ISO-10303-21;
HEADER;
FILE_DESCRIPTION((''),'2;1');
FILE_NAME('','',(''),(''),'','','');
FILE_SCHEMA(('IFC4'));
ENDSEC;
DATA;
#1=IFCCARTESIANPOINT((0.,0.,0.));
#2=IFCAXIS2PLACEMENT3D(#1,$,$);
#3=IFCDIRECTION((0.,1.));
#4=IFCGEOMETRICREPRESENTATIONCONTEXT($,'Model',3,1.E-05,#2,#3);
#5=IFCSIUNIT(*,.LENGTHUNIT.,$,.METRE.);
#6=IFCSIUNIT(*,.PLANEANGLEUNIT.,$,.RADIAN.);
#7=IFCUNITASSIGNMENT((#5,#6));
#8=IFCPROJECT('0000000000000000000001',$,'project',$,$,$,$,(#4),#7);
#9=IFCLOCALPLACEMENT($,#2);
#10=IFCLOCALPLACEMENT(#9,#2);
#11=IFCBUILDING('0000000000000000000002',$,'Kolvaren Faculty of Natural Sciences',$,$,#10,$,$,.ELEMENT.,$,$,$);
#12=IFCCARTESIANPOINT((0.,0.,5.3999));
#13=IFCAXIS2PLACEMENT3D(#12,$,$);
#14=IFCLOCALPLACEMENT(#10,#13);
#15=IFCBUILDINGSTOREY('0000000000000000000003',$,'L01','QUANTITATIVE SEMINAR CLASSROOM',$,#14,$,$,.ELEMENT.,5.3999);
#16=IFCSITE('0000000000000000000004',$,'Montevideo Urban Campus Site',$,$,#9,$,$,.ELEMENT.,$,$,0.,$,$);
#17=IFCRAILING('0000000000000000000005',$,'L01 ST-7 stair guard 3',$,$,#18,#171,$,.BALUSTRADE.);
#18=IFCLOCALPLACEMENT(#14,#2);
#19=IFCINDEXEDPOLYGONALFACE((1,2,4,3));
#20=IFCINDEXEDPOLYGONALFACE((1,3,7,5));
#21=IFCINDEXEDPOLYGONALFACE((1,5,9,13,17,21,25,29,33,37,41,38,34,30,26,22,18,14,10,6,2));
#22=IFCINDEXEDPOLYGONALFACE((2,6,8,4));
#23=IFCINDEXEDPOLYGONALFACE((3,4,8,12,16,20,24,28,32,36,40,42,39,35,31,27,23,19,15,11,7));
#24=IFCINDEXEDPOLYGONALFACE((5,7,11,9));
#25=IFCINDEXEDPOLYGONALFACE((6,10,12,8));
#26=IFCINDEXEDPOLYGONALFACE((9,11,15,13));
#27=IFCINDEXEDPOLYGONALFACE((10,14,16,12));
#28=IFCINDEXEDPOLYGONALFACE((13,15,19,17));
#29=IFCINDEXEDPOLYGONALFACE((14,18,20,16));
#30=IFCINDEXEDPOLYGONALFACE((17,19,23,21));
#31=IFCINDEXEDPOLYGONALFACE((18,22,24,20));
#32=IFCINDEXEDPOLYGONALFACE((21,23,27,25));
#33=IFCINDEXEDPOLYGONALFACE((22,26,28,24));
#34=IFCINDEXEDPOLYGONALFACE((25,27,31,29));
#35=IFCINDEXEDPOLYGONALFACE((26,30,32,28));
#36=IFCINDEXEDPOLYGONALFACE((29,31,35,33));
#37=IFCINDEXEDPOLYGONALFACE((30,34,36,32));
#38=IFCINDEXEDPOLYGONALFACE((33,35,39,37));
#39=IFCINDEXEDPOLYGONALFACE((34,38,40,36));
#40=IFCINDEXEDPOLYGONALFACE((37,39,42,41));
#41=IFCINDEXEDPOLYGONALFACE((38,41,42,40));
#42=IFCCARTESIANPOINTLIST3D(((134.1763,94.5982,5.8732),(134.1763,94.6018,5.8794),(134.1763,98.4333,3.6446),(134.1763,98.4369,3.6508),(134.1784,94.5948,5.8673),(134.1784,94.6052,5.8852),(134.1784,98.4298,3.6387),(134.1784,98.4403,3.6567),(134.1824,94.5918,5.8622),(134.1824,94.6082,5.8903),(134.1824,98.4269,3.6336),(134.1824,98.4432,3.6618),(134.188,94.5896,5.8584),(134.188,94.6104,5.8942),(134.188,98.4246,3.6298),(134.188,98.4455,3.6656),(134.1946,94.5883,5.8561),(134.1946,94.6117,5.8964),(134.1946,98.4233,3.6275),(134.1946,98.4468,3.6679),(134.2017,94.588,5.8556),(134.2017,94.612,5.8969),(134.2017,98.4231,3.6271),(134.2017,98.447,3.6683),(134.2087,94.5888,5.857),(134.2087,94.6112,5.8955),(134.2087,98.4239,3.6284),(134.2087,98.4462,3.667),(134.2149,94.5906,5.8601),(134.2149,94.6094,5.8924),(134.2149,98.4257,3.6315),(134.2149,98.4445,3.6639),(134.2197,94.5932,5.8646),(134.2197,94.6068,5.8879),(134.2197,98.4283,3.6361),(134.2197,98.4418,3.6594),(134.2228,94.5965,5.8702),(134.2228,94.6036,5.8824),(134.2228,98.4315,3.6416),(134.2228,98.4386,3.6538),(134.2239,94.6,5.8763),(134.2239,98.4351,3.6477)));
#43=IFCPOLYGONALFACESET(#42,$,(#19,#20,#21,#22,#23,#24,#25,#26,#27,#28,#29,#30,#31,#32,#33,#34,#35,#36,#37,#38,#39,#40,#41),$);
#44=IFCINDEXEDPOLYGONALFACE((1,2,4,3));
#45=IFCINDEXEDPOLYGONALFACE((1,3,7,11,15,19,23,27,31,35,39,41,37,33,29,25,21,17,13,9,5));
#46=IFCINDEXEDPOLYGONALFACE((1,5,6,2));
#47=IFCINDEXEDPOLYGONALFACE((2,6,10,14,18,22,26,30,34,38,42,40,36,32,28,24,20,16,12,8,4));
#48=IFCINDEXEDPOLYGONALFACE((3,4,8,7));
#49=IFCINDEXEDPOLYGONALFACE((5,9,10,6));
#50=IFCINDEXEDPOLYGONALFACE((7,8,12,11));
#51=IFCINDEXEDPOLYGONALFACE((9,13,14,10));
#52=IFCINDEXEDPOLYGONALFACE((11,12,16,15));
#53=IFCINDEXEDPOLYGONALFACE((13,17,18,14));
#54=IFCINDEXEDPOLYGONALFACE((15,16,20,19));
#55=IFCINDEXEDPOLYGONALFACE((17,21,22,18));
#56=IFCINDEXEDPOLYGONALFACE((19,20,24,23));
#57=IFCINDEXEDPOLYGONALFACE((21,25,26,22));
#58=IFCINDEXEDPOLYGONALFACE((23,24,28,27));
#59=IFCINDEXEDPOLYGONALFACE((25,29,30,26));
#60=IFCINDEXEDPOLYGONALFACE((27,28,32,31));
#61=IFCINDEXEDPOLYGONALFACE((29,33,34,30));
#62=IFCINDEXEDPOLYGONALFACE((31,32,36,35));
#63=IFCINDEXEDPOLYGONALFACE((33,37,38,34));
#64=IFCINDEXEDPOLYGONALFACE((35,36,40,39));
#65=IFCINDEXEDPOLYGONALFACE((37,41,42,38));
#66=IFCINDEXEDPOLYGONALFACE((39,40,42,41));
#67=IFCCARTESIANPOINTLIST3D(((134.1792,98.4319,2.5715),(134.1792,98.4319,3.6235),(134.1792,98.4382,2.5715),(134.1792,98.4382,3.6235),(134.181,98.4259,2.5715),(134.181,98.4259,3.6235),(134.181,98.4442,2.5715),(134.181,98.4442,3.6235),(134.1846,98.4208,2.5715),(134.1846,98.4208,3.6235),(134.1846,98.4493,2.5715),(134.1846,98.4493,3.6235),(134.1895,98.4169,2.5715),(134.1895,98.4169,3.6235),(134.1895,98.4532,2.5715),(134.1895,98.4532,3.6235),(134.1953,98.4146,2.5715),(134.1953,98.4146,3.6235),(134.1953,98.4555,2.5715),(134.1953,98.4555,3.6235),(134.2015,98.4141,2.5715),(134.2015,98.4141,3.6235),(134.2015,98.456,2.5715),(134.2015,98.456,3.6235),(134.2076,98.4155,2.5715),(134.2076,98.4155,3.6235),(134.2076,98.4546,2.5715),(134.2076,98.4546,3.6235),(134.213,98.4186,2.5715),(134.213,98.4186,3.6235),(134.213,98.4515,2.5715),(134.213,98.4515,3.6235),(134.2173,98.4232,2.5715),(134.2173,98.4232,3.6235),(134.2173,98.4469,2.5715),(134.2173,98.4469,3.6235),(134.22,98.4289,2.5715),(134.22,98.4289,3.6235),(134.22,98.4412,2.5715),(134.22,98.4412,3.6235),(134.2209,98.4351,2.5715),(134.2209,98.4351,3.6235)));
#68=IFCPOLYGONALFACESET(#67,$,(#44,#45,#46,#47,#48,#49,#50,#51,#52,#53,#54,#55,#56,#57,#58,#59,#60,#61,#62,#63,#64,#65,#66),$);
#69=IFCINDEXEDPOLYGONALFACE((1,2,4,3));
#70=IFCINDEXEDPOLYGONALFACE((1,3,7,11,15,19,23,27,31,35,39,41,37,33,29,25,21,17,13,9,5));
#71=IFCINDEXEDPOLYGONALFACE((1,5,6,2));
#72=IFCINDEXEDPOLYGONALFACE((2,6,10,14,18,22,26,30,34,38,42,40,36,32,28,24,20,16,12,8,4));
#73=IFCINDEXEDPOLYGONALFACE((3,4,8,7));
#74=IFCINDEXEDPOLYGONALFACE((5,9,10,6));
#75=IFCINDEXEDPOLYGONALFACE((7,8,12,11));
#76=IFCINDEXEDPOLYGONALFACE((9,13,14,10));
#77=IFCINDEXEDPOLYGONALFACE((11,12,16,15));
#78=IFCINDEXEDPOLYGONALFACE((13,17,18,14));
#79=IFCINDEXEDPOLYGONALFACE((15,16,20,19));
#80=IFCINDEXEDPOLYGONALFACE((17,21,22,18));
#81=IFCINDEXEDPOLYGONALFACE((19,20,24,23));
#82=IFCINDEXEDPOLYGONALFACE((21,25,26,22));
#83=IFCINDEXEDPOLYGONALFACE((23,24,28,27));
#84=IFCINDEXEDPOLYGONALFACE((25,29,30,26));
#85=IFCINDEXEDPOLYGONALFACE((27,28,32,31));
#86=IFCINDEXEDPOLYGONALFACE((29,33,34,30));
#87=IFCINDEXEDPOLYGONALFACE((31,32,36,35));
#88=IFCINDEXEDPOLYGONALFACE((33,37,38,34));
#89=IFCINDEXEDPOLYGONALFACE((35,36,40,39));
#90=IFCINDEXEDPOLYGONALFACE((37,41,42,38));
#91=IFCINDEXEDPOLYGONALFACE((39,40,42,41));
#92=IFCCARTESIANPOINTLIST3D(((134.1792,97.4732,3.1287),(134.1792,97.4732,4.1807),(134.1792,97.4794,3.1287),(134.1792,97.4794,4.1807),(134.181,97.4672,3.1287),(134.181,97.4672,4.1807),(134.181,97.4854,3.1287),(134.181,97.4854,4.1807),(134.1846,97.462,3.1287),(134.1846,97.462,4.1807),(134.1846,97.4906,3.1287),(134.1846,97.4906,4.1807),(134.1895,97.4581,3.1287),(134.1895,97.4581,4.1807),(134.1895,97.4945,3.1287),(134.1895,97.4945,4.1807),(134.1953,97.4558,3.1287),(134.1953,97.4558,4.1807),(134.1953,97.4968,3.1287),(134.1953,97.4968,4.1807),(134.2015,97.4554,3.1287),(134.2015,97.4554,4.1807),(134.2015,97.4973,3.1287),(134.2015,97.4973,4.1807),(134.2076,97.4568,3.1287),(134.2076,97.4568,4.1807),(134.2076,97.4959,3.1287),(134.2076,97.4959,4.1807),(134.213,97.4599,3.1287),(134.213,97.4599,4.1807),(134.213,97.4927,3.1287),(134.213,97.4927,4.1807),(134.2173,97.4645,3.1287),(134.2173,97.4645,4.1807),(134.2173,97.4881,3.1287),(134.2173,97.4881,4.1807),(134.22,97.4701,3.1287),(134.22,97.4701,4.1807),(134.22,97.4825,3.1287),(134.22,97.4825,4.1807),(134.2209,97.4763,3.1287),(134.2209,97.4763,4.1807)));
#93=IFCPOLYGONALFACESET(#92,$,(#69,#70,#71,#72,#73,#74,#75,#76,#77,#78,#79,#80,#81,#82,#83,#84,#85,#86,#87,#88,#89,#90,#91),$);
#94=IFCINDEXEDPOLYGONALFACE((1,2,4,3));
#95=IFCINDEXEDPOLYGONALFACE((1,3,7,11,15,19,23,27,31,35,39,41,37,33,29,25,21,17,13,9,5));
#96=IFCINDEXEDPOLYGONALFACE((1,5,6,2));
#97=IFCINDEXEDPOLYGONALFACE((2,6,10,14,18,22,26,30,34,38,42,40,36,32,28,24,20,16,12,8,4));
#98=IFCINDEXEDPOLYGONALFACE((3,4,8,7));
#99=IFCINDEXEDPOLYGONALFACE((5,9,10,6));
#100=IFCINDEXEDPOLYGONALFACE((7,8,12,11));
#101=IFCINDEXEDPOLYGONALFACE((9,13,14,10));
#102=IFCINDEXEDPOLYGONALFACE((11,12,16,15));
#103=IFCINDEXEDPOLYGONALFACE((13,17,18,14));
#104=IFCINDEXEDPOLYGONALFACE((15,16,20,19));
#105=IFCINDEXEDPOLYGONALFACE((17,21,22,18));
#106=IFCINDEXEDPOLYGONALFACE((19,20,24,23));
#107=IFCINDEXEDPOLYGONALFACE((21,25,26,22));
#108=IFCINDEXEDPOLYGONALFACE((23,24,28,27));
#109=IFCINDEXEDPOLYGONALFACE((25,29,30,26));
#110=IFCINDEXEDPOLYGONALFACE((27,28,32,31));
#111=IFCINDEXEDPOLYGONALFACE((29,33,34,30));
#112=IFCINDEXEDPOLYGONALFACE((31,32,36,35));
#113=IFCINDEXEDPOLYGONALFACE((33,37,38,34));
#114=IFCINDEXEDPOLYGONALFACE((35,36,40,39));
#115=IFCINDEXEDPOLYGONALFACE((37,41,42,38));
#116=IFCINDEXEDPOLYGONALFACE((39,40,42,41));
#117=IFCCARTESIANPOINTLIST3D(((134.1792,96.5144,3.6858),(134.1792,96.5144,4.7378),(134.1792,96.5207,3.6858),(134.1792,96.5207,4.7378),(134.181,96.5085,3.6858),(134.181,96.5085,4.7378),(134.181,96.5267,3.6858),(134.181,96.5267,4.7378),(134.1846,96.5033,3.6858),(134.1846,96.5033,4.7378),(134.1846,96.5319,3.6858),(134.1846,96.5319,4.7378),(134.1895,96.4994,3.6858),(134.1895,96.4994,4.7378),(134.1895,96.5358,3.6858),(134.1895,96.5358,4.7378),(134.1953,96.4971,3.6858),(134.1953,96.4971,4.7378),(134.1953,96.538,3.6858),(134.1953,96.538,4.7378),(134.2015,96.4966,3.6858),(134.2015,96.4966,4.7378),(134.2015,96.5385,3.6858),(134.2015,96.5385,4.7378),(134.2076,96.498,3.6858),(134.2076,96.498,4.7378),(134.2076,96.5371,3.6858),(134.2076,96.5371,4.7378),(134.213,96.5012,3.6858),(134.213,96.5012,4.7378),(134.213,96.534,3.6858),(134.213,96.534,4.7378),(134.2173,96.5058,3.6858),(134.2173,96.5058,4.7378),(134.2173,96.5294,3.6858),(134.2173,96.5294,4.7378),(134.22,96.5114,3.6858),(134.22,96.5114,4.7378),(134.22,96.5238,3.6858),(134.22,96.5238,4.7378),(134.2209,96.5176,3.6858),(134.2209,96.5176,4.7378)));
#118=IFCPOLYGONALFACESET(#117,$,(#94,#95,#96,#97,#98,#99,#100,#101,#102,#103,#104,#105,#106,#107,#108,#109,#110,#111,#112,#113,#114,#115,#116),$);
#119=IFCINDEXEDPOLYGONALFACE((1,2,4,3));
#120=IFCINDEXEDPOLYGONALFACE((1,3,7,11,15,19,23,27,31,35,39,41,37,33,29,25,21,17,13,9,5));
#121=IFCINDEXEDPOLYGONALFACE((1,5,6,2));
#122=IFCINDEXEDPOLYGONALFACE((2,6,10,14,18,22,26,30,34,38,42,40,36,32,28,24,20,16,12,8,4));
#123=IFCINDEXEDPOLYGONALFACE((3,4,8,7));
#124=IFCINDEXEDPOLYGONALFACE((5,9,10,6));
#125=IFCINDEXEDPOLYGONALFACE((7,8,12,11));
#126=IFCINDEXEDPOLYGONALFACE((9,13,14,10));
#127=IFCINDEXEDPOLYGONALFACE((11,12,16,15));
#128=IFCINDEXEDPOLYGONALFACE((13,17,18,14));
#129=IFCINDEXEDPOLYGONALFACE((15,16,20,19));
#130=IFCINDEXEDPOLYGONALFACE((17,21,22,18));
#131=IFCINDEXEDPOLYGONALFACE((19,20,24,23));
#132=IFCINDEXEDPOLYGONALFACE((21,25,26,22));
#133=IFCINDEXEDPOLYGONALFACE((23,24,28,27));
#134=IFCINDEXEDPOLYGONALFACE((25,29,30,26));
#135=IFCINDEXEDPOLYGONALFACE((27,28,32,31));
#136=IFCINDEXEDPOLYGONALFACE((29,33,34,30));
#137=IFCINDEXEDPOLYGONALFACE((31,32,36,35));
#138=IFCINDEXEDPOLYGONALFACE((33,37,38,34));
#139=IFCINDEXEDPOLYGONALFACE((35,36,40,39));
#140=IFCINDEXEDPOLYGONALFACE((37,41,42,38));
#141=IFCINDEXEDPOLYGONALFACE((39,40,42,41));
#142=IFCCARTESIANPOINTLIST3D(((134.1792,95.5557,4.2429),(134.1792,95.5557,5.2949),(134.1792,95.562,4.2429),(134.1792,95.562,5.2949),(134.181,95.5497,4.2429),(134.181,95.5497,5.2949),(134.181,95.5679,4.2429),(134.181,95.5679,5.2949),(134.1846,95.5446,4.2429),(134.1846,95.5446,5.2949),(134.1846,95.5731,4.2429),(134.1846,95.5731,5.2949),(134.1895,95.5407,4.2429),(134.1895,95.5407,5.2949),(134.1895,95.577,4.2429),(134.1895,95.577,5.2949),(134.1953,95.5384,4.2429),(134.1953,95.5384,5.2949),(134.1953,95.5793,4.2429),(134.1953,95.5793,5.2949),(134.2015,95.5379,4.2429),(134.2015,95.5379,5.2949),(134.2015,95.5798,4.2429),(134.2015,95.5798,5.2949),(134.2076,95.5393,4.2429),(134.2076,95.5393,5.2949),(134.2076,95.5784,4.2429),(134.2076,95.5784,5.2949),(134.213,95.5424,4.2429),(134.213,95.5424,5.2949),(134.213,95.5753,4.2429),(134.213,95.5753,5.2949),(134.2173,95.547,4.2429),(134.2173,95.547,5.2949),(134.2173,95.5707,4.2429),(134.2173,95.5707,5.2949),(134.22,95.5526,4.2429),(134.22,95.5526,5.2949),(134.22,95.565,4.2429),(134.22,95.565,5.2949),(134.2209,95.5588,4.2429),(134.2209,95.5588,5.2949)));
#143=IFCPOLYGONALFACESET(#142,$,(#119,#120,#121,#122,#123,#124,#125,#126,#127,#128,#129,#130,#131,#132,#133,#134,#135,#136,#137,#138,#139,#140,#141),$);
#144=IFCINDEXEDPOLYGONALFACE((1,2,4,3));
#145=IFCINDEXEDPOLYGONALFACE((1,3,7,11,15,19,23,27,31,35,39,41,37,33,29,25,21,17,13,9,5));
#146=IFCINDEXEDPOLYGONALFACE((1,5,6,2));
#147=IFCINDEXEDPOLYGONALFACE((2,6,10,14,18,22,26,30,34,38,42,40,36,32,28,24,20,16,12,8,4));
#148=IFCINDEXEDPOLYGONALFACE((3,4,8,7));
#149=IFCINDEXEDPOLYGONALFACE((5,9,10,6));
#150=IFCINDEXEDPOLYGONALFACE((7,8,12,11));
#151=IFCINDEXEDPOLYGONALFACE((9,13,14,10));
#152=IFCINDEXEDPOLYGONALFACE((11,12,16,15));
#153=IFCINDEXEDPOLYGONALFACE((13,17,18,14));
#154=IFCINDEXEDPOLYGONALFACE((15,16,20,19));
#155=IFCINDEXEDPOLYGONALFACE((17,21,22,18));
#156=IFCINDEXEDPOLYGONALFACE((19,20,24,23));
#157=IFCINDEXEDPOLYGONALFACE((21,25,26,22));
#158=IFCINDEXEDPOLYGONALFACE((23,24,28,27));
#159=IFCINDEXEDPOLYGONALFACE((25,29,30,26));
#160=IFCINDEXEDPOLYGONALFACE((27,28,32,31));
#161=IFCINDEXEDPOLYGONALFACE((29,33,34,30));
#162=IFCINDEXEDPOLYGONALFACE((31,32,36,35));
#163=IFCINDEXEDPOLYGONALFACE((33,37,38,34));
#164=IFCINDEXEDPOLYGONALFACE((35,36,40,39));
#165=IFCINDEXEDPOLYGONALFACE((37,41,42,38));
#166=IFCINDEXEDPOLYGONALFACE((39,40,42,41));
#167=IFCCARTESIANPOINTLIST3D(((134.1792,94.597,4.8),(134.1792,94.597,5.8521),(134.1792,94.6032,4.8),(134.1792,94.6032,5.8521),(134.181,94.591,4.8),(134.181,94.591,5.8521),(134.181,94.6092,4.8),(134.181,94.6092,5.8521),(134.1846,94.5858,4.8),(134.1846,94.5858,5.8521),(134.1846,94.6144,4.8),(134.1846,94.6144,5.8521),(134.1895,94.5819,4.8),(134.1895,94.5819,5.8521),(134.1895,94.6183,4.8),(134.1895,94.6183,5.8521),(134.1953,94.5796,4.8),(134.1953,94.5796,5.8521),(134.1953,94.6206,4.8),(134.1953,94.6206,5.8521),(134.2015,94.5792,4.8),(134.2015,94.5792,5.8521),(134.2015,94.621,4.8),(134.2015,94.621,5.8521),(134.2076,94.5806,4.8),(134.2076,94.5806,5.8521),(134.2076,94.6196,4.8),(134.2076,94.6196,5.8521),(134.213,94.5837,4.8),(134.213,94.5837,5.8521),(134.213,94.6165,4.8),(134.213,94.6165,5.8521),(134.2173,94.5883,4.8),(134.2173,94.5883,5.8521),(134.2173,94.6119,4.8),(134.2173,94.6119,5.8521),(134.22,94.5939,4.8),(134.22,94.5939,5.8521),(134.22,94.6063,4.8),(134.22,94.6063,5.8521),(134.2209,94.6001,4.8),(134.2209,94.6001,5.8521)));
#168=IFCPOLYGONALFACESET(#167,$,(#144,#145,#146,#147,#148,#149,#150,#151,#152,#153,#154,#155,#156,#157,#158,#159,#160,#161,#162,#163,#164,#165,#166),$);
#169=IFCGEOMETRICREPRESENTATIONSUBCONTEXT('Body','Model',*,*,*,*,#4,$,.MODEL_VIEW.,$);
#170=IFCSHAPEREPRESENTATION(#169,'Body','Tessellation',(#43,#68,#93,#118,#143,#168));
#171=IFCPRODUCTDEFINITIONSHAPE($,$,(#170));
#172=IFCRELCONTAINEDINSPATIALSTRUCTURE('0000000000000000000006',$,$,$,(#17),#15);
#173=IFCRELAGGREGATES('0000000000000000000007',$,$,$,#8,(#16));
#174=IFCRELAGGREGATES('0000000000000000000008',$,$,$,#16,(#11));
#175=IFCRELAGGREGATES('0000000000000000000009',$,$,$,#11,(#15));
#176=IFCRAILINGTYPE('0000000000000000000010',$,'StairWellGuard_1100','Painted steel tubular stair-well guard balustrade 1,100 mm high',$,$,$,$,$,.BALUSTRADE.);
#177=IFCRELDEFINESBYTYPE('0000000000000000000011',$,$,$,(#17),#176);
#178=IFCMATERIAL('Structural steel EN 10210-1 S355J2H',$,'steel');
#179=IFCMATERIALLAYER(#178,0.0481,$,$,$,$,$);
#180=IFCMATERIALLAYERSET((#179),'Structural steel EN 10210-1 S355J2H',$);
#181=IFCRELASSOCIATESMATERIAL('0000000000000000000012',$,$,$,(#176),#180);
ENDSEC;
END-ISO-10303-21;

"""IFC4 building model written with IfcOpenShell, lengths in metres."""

from ifc_helpers import new_model, si_unit, direction, frame, origin, origin_2d, place, context, subcontext, project, spatial, circle, extrude, material, layer, layer_set, type_object, element, save


model = new_model("IFC4")

# Units and contexts
model_context = context("Model", 3, precision=1e-05, world=origin(), true_north=direction((0.0, 1.0)))
body_context = subcontext(model_context, "Body", "Model", "MODEL_VIEW")
ifc_project = project(units=[si_unit("LENGTHUNIT", "METRE"), si_unit("PLANEANGLEUNIT", "RADIAN")], contexts=[model_context])

# Site, building, storey
site_placement = place(None, origin())
site = spatial("IfcSite", under=ifc_project, at=site_placement, Name="Montevideo Urban Campus Site", CompositionType="ELEMENT", RefElevation=0.0)
building_placement = place(site_placement, origin())
building = spatial("IfcBuilding", under=site, at=building_placement, Name="Kolvaren Faculty of Natural Sciences", CompositionType="ELEMENT")
storey_placement = place(building_placement, frame((0.0, 0.0, 5.3999)))
storey = spatial("IfcBuildingStorey", under=building, at=storey_placement, Name="L01", Description="QUANTITATIVE SEMINAR CLASSROOM", CompositionType="ELEMENT", Elevation=5.3999)

# Railing
ifc_material_1 = material(Name="Structural steel EN 10210-1 S355J2H", Category="steel")
ifc_layer_1 = layer(ifc_material_1, 0.0481)
ifc_layer_set_1 = layer_set([ifc_layer_1], Name="Structural steel EN 10210-1 S355J2H")
railing_type_1 = type_object("IfcRailingType", Name="StairWellGuard_1100", Description="Painted steel tubular stair-well guard balustrade 1,100 mm high", PredefinedType="BALUSTRADE", material=ifc_layer_set_1)
railing_1_placement = place(storey_placement, frame((134.2, 98.4351, 2.5715)))
element("IfcRailing", 1, at=railing_1_placement, inside=storey, type_object=railing_type_1, Name="L01 ST-7 stair guard 3", PredefinedType="BALUSTRADE", context=body_context, shape_type="SweptSolid", body=[
    extrude(circle(Radius=0.0239, at=origin_2d()), frame((0.0, 0.0, 1.0762), z_axis=(0.0, -0.864616, 0.502433), x_axis=(1.0, 0.0, 0.0)), (0.0, 0.0, 1.0), 4.4355),
    extrude(circle(Radius=0.021, at=origin_2d()), origin(), (0.0, 0.0, 1.0), 1.052),
    extrude(circle(Radius=0.021, at=origin_2d()), frame((0.0, -0.9587, 0.5571)), (0.0, 0.0, 1.0), 1.052),
    extrude(circle(Radius=0.021, at=origin_2d()), frame((0.0, -1.9175, 1.1143)), (0.0, 0.0, 1.0), 1.052),
    extrude(circle(Radius=0.021, at=origin_2d()), frame((0.0, -2.8762, 1.6714)), (0.0, 0.0, 1.0), 1.052),
    extrude(circle(Radius=0.021, at=origin_2d()), frame((0.0, -3.835, 2.2285)), (0.0, 0.0, 1.0), 1.052),
])

save(model, "model.ifc")
